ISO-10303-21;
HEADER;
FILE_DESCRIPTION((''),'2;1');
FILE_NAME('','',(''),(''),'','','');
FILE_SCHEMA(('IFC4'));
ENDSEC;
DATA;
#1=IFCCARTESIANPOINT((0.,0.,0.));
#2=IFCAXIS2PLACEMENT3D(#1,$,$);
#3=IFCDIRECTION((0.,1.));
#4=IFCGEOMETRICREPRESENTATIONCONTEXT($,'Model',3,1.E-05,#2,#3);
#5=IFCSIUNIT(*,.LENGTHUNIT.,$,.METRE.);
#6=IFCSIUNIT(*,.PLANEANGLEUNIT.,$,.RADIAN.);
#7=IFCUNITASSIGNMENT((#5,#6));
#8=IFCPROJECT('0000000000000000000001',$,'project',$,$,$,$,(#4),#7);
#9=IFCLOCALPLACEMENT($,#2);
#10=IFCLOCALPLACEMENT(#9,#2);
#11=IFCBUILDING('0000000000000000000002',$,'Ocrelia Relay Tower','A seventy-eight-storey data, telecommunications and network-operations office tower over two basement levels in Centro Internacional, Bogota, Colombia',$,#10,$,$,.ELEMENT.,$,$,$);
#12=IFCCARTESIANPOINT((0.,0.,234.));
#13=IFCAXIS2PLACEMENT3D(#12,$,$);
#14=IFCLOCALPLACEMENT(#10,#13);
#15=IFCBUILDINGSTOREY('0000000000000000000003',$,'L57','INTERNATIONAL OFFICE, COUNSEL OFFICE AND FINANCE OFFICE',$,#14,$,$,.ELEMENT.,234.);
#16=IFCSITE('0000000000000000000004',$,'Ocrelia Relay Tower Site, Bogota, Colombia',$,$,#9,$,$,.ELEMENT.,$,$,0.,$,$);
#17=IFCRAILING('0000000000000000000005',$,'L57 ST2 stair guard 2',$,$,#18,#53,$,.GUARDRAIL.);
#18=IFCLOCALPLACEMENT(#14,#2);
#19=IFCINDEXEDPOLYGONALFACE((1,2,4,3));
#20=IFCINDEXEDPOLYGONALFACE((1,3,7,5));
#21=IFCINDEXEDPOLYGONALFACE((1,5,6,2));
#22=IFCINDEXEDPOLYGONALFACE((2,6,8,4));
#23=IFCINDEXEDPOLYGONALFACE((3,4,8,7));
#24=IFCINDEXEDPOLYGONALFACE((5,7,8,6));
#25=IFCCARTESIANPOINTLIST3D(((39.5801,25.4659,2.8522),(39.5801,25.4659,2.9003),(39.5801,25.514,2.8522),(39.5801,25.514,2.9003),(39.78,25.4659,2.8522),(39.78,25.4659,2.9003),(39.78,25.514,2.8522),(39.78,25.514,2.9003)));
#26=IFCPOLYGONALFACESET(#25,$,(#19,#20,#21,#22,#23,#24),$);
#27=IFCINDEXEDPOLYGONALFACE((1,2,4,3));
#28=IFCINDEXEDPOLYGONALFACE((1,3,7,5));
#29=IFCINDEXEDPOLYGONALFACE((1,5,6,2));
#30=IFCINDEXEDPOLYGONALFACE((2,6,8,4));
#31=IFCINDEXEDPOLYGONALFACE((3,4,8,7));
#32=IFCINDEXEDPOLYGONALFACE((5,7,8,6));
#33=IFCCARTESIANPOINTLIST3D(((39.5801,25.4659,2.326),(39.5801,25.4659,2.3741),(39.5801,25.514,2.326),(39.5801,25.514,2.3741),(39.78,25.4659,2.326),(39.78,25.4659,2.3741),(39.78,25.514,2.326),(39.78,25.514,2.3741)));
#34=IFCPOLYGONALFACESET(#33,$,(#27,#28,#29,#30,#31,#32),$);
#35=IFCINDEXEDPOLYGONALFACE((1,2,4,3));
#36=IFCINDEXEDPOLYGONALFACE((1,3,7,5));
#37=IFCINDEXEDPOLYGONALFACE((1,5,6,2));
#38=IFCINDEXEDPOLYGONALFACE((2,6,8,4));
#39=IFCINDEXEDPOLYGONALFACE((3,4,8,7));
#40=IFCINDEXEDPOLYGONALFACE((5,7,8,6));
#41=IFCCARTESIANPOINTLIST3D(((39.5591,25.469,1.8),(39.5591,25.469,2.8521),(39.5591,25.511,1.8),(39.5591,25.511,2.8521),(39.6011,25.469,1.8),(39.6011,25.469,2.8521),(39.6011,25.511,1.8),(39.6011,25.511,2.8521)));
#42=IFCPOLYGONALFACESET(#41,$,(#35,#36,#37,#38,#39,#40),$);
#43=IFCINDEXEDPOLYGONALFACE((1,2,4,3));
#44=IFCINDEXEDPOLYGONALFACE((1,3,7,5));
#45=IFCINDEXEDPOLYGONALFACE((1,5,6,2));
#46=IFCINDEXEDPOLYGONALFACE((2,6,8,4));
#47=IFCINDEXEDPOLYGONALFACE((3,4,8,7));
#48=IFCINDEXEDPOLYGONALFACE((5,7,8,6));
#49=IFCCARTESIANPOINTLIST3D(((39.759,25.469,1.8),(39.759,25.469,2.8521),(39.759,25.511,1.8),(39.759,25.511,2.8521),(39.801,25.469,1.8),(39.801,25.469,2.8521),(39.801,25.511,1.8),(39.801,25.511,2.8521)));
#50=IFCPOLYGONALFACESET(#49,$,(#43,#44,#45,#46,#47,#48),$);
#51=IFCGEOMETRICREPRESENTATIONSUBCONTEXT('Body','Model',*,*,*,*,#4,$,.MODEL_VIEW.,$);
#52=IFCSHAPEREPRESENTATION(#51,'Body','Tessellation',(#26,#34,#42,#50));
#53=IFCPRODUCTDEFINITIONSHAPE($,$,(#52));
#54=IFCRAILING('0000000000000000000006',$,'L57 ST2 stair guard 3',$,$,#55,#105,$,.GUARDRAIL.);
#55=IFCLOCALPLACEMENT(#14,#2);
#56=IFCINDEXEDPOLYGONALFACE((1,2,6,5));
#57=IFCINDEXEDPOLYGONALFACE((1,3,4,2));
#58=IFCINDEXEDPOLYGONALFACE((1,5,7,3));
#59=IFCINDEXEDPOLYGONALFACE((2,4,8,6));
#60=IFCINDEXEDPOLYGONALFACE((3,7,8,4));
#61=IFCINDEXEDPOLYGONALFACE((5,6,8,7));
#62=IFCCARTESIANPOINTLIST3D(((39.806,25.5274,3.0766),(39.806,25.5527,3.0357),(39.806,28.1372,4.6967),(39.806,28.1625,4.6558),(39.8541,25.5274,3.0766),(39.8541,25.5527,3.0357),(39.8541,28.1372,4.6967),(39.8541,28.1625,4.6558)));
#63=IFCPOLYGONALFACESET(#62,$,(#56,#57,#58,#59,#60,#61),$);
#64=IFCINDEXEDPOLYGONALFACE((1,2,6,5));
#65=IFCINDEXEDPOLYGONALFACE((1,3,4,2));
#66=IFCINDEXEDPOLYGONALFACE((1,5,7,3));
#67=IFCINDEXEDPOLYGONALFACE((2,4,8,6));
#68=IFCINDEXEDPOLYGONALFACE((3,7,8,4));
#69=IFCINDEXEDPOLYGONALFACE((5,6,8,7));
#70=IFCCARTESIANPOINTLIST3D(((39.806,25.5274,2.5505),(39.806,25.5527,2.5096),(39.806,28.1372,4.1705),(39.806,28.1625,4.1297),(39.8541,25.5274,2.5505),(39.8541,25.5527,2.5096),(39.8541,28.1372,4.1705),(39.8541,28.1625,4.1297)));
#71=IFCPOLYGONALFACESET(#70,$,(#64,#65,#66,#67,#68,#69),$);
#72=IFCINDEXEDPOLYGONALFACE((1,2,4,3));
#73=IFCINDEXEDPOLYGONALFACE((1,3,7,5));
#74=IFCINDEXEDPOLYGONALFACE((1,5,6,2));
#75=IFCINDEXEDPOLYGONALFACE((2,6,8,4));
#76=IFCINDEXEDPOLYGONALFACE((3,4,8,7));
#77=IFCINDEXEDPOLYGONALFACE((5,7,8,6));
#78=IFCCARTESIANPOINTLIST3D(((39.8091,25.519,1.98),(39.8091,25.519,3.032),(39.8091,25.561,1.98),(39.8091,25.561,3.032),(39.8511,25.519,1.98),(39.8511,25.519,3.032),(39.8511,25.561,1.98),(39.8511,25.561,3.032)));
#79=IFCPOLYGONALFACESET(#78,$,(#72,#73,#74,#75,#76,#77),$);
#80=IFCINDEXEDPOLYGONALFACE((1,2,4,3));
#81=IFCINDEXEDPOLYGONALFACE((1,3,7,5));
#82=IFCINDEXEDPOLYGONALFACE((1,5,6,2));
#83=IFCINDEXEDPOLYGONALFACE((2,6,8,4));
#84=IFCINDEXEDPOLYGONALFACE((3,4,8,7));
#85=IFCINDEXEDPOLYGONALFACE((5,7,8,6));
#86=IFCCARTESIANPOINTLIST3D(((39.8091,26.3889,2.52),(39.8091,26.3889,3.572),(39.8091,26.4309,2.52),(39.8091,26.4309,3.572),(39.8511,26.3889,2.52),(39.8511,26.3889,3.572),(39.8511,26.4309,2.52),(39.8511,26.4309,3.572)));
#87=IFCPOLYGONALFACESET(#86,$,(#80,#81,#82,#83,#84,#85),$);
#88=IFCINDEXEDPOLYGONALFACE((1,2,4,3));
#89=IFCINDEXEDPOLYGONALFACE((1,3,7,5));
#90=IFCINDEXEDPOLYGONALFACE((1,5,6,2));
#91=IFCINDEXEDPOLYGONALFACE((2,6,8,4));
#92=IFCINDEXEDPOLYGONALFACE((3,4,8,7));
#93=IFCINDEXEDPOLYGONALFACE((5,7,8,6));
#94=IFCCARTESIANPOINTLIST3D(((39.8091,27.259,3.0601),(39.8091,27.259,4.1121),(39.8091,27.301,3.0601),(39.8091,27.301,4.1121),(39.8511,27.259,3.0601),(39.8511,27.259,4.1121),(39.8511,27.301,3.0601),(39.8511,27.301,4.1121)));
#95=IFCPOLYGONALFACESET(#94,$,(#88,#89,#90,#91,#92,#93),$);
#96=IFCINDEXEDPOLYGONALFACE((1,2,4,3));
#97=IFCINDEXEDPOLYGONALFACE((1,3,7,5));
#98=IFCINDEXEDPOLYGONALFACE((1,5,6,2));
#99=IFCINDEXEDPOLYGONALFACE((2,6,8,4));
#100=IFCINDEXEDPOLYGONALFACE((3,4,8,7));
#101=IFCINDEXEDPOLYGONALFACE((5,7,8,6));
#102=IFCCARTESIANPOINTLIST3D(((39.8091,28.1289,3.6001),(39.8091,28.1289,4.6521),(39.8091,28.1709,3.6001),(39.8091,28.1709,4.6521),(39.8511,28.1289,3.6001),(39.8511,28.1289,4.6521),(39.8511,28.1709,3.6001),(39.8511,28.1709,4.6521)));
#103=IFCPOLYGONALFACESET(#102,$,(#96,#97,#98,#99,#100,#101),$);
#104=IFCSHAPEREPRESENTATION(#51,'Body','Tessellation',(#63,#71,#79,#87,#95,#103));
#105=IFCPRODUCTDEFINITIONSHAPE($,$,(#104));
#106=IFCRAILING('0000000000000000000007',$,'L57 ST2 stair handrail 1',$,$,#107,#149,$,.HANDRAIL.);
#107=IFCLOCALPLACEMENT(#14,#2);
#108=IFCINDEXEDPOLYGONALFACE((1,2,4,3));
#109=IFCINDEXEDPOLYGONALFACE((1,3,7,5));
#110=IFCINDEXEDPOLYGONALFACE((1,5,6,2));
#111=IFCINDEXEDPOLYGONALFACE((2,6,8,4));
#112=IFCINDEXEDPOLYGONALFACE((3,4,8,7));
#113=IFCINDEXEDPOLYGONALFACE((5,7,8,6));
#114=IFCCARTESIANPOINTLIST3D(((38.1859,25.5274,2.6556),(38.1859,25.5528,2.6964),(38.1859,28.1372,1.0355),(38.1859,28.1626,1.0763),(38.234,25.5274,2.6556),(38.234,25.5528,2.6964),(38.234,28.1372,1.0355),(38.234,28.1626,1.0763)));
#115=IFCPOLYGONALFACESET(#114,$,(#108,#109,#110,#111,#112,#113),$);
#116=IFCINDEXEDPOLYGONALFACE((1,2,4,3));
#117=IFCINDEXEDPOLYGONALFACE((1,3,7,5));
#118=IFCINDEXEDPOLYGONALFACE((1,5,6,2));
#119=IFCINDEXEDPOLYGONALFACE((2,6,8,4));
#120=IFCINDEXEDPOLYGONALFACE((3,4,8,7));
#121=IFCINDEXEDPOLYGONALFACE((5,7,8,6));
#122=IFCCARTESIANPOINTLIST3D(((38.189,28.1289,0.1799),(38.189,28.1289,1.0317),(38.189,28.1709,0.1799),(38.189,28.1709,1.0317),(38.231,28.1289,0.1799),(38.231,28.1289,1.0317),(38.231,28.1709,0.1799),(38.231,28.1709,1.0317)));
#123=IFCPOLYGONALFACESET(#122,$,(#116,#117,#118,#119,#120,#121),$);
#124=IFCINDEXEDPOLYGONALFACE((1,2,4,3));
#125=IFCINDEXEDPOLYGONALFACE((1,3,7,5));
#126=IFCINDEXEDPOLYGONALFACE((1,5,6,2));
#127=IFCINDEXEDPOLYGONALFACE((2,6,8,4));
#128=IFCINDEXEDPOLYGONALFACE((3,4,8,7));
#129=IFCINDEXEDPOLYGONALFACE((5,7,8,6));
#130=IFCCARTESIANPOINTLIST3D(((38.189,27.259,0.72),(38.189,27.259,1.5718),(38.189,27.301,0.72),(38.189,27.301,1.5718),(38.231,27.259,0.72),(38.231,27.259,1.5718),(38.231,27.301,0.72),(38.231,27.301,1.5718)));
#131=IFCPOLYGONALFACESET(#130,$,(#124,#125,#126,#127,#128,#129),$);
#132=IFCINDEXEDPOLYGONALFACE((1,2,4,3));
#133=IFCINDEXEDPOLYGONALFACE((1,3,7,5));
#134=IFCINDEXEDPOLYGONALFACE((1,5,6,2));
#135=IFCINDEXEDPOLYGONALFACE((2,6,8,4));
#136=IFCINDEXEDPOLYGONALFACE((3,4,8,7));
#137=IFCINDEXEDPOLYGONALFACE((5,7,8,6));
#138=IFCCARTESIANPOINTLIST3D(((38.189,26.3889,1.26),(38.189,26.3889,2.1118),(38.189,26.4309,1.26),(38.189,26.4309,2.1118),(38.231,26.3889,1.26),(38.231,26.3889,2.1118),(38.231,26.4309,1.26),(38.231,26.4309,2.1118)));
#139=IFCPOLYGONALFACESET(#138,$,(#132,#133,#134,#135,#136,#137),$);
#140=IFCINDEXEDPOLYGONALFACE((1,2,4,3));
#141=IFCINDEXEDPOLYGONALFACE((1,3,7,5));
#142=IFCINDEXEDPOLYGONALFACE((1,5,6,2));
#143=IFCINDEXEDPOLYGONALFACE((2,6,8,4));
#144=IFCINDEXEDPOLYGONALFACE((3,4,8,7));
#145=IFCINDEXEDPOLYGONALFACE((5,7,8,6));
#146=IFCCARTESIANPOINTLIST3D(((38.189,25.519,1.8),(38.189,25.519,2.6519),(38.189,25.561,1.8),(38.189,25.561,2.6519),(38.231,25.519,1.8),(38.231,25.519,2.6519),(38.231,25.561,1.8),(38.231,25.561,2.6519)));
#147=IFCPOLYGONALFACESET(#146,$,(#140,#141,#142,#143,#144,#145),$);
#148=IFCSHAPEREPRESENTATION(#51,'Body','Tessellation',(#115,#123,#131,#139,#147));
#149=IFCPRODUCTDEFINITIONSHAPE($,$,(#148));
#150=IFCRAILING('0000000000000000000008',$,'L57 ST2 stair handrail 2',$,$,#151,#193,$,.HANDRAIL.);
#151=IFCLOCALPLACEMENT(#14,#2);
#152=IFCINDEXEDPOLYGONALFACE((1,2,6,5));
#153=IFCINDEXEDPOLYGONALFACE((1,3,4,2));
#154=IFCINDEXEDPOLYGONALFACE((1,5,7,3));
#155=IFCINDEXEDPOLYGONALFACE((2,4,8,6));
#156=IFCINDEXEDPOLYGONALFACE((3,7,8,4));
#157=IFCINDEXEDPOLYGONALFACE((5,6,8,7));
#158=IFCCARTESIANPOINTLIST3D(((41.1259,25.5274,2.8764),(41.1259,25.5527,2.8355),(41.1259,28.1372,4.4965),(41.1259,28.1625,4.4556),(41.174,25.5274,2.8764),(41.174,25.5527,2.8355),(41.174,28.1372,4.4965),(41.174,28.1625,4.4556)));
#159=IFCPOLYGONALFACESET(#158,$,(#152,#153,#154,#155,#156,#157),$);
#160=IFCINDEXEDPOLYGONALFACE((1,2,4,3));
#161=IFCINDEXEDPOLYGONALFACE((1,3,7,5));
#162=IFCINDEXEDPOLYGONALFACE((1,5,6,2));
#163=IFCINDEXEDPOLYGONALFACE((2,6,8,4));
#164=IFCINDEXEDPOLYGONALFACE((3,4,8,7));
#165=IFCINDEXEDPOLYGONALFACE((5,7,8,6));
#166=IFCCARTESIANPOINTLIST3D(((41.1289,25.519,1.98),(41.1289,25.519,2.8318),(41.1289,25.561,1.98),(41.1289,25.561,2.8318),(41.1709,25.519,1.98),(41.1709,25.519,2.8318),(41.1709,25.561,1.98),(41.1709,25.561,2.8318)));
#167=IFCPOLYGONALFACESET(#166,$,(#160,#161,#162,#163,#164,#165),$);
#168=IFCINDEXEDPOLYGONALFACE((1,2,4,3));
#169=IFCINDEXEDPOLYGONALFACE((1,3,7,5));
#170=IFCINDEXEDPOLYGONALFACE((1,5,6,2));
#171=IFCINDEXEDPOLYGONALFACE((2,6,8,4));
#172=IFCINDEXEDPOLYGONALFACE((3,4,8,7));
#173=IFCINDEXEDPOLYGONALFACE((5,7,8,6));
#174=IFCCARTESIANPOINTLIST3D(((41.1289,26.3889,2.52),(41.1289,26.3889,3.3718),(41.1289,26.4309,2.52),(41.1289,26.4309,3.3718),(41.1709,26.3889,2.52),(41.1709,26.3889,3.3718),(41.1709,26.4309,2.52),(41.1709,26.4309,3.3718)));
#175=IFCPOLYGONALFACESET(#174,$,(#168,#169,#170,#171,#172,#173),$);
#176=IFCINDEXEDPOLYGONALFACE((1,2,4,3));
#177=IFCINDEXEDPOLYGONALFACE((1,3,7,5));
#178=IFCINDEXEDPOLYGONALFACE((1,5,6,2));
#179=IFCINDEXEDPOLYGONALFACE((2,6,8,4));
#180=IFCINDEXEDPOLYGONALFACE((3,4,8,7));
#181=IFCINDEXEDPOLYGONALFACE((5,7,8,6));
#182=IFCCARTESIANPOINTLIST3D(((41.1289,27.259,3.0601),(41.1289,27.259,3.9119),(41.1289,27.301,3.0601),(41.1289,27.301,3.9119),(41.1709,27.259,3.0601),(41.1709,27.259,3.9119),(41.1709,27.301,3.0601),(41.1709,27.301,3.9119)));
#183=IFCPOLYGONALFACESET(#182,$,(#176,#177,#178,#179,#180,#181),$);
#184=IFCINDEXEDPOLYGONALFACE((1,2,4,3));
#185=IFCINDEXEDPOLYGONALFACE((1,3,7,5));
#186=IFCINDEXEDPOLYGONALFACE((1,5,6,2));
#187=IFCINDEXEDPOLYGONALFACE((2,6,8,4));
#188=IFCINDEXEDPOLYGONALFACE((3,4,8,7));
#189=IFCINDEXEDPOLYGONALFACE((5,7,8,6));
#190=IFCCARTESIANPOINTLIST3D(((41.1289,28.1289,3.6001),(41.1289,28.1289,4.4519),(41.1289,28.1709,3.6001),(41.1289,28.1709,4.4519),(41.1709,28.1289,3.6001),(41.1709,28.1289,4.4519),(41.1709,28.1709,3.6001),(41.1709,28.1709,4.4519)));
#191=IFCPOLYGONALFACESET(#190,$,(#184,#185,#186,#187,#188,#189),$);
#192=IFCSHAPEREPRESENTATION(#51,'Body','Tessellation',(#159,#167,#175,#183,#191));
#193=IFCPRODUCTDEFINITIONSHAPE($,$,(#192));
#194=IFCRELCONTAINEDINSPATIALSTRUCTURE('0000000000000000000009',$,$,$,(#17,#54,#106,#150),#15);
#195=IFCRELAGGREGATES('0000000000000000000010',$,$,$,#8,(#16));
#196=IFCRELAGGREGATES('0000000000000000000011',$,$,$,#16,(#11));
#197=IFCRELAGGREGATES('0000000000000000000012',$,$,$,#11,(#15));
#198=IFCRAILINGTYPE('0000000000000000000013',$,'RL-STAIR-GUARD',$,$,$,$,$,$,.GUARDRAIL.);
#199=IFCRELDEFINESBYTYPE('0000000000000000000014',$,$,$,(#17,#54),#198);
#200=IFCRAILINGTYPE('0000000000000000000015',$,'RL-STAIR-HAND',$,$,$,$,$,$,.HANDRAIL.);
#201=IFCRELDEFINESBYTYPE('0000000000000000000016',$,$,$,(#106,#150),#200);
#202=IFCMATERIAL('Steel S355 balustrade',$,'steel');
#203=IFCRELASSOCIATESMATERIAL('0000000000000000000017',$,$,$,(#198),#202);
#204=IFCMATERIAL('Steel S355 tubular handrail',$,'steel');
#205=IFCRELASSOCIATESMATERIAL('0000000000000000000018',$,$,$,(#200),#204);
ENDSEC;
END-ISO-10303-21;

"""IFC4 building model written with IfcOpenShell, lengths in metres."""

from ifc_helpers import new_model, si_unit, direction, frame, origin, origin_2d, place, context, subcontext, project, spatial, rectangle, extrude, material, type_object, element, save


model = new_model("IFC4")

# Units and contexts
model_context = context("Model", 3, precision=1e-05, world=origin(), true_north=direction((0.0, 1.0)))
body_context = subcontext(model_context, "Body", "Model", "MODEL_VIEW")
ifc_project = project(units=[si_unit("LENGTHUNIT", "METRE"), si_unit("PLANEANGLEUNIT", "RADIAN")], contexts=[model_context])

# Site, building, storey
site_placement = place(None, origin())
site = spatial("IfcSite", under=ifc_project, at=site_placement, Name="Ocrelia Relay Tower Site, Bogota, Colombia", CompositionType="ELEMENT", RefElevation=0.0)
building_placement = place(site_placement, origin())
building = spatial("IfcBuilding", under=site, at=building_placement, Name="Ocrelia Relay Tower", Description="A seventy-eight-storey data, telecommunications and network-operations office tower over two basement levels in Centro Internacional, Bogota, Colombia", CompositionType="ELEMENT")
storey_placement = place(building_placement, frame((0.0, 0.0, 234.0)))
storey = spatial("IfcBuildingStorey", under=building, at=storey_placement, Name="L57", Description="INTERNATIONAL OFFICE, COUNSEL OFFICE AND FINANCE OFFICE", CompositionType="ELEMENT", Elevation=234.0)

# Railings
ifc_material_1 = material(Name="Steel S355 balustrade", Category="steel")
railing_type_1 = type_object("IfcRailingType", Name="RL-STAIR-GUARD", PredefinedType="GUARDRAIL", material=ifc_material_1)
railing_1_placement = place(storey_placement, frame((39.5801, 25.49, 1.8)))
element("IfcRailing", 1, at=railing_1_placement, inside=storey, type_object=railing_type_1, Name="L57 ST2 stair guard 2", PredefinedType="GUARDRAIL", context=body_context, shape_type="SweptSolid", body=[
    extrude(rectangle(XDim=0.0481, YDim=0.0481, at=origin_2d()), frame((0.0, 0.0, 1.0762), z_axis=(1.0, 0.0, 0.0), x_axis=(0.0, 1.0, 0.0)), (0.0, 0.0, 1.0), 0.2),
    extrude(rectangle(XDim=0.0481, YDim=0.0481, at=origin_2d()), frame((0.0, 0.0, 0.55), z_axis=(1.0, 0.0, 0.0), x_axis=(0.0, 1.0, 0.0)), (0.0, 0.0, 1.0), 0.2),
    extrude(rectangle(XDim=0.042, YDim=0.042, at=origin_2d()), origin(), (0.0, 0.0, 1.0), 1.052),
    extrude(rectangle(XDim=0.042, YDim=0.042, at=origin_2d()), frame((0.2, 0.0, 0.0)), (0.0, 0.0, 1.0), 1.052),
])
railing_2_placement = place(storey_placement, frame((39.8301, 25.54, 1.98)))
element("IfcRailing", 2, at=railing_2_placement, inside=storey, type_object=railing_type_1, Name="L57 ST2 stair guard 3", PredefinedType="GUARDRAIL", context=body_context, shape_type="SweptSolid", body=[
    extrude(rectangle(XDim=0.0481, YDim=0.0481, at=origin_2d()), frame((0.0, 0.0, 1.0762), z_axis=(0.0, 0.849611, 0.52741), x_axis=(-1.0, 0.0, 0.0)), (0.0, 0.0, 1.0), 3.0718),
    extrude(rectangle(XDim=0.0481, YDim=0.0481, at=origin_2d()), frame((0.0, 0.0, 0.55), z_axis=(0.0, 0.849611, 0.52741), x_axis=(-1.0, 0.0, 0.0)), (0.0, 0.0, 1.0), 3.0718),
    extrude(rectangle(XDim=0.042, YDim=0.042, at=origin_2d()), origin(), (0.0, 0.0, 1.0), 1.052),
    extrude(rectangle(XDim=0.042, YDim=0.042, at=origin_2d()), frame((0.0, 0.8699, 0.54)), (0.0, 0.0, 1.0), 1.052),
    extrude(rectangle(XDim=0.042, YDim=0.042, at=origin_2d()), frame((0.0, 1.74, 1.0801)), (0.0, 0.0, 1.0), 1.052),
    extrude(rectangle(XDim=0.042, YDim=0.042, at=origin_2d()), frame((0.0, 2.6099, 1.6201)), (0.0, 0.0, 1.0), 1.052),
])
ifc_material_2 = material(Name="Steel S355 tubular handrail", Category="steel")
railing_type_2 = type_object("IfcRailingType", Name="RL-STAIR-HAND", PredefinedType="HANDRAIL", material=ifc_material_2)
railing_3_placement = place(storey_placement, frame((38.21, 28.1499, 0.1799)))
element("IfcRailing", 3, at=railing_3_placement, inside=storey, type_object=railing_type_2, Name="L57 ST2 stair handrail 1", PredefinedType="HANDRAIL", context=body_context, shape_type="SweptSolid", body=[
    extrude(rectangle(XDim=0.0481, YDim=0.0481, at=origin_2d()), frame((0.0, 0.0, 0.876), z_axis=(0.0, -0.849611, 0.52741), x_axis=(1.0, 0.0, 0.0)), (0.0, 0.0, 1.0), 3.0718),
    extrude(rectangle(XDim=0.042, YDim=0.042, at=origin_2d()), origin(), (0.0, 0.0, 1.0), 0.8518),
    extrude(rectangle(XDim=0.042, YDim=0.042, at=origin_2d()), frame((0.0, -0.8699, 0.54)), (0.0, 0.0, 1.0), 0.8518),
    extrude(rectangle(XDim=0.042, YDim=0.042, at=origin_2d()), frame((0.0, -1.74, 1.0801)), (0.0, 0.0, 1.0), 0.8518),
    extrude(rectangle(XDim=0.042, YDim=0.042, at=origin_2d()), frame((0.0, -2.6099, 1.6201)), (0.0, 0.0, 1.0), 0.8518),
])
railing_4_placement = place(storey_placement, frame((41.1499, 25.54, 1.98)))
element("IfcRailing", 4, at=railing_4_placement, inside=storey, type_object=railing_type_2, Name="L57 ST2 stair handrail 2", PredefinedType="HANDRAIL", context=body_context, shape_type="SweptSolid", body=[
    extrude(rectangle(XDim=0.0481, YDim=0.0481, at=origin_2d()), frame((0.0, 0.0, 0.876), z_axis=(0.0, 0.849611, 0.52741), x_axis=(-1.0, 0.0, 0.0)), (0.0, 0.0, 1.0), 3.0718),
    extrude(rectangle(XDim=0.042, YDim=0.042, at=origin_2d()), origin(), (0.0, 0.0, 1.0), 0.8518),
    extrude(rectangle(XDim=0.042, YDim=0.042, at=origin_2d()), frame((0.0, 0.8699, 0.54)), (0.0, 0.0, 1.0), 0.8518),
    extrude(rectangle(XDim=0.042, YDim=0.042, at=origin_2d()), frame((0.0, 1.74, 1.0801)), (0.0, 0.0, 1.0), 0.8518),
    extrude(rectangle(XDim=0.042, YDim=0.042, at=origin_2d()), frame((0.0, 2.6099, 1.6201)), (0.0, 0.0, 1.0), 0.8518),
])

save(model, "model.ifc")
